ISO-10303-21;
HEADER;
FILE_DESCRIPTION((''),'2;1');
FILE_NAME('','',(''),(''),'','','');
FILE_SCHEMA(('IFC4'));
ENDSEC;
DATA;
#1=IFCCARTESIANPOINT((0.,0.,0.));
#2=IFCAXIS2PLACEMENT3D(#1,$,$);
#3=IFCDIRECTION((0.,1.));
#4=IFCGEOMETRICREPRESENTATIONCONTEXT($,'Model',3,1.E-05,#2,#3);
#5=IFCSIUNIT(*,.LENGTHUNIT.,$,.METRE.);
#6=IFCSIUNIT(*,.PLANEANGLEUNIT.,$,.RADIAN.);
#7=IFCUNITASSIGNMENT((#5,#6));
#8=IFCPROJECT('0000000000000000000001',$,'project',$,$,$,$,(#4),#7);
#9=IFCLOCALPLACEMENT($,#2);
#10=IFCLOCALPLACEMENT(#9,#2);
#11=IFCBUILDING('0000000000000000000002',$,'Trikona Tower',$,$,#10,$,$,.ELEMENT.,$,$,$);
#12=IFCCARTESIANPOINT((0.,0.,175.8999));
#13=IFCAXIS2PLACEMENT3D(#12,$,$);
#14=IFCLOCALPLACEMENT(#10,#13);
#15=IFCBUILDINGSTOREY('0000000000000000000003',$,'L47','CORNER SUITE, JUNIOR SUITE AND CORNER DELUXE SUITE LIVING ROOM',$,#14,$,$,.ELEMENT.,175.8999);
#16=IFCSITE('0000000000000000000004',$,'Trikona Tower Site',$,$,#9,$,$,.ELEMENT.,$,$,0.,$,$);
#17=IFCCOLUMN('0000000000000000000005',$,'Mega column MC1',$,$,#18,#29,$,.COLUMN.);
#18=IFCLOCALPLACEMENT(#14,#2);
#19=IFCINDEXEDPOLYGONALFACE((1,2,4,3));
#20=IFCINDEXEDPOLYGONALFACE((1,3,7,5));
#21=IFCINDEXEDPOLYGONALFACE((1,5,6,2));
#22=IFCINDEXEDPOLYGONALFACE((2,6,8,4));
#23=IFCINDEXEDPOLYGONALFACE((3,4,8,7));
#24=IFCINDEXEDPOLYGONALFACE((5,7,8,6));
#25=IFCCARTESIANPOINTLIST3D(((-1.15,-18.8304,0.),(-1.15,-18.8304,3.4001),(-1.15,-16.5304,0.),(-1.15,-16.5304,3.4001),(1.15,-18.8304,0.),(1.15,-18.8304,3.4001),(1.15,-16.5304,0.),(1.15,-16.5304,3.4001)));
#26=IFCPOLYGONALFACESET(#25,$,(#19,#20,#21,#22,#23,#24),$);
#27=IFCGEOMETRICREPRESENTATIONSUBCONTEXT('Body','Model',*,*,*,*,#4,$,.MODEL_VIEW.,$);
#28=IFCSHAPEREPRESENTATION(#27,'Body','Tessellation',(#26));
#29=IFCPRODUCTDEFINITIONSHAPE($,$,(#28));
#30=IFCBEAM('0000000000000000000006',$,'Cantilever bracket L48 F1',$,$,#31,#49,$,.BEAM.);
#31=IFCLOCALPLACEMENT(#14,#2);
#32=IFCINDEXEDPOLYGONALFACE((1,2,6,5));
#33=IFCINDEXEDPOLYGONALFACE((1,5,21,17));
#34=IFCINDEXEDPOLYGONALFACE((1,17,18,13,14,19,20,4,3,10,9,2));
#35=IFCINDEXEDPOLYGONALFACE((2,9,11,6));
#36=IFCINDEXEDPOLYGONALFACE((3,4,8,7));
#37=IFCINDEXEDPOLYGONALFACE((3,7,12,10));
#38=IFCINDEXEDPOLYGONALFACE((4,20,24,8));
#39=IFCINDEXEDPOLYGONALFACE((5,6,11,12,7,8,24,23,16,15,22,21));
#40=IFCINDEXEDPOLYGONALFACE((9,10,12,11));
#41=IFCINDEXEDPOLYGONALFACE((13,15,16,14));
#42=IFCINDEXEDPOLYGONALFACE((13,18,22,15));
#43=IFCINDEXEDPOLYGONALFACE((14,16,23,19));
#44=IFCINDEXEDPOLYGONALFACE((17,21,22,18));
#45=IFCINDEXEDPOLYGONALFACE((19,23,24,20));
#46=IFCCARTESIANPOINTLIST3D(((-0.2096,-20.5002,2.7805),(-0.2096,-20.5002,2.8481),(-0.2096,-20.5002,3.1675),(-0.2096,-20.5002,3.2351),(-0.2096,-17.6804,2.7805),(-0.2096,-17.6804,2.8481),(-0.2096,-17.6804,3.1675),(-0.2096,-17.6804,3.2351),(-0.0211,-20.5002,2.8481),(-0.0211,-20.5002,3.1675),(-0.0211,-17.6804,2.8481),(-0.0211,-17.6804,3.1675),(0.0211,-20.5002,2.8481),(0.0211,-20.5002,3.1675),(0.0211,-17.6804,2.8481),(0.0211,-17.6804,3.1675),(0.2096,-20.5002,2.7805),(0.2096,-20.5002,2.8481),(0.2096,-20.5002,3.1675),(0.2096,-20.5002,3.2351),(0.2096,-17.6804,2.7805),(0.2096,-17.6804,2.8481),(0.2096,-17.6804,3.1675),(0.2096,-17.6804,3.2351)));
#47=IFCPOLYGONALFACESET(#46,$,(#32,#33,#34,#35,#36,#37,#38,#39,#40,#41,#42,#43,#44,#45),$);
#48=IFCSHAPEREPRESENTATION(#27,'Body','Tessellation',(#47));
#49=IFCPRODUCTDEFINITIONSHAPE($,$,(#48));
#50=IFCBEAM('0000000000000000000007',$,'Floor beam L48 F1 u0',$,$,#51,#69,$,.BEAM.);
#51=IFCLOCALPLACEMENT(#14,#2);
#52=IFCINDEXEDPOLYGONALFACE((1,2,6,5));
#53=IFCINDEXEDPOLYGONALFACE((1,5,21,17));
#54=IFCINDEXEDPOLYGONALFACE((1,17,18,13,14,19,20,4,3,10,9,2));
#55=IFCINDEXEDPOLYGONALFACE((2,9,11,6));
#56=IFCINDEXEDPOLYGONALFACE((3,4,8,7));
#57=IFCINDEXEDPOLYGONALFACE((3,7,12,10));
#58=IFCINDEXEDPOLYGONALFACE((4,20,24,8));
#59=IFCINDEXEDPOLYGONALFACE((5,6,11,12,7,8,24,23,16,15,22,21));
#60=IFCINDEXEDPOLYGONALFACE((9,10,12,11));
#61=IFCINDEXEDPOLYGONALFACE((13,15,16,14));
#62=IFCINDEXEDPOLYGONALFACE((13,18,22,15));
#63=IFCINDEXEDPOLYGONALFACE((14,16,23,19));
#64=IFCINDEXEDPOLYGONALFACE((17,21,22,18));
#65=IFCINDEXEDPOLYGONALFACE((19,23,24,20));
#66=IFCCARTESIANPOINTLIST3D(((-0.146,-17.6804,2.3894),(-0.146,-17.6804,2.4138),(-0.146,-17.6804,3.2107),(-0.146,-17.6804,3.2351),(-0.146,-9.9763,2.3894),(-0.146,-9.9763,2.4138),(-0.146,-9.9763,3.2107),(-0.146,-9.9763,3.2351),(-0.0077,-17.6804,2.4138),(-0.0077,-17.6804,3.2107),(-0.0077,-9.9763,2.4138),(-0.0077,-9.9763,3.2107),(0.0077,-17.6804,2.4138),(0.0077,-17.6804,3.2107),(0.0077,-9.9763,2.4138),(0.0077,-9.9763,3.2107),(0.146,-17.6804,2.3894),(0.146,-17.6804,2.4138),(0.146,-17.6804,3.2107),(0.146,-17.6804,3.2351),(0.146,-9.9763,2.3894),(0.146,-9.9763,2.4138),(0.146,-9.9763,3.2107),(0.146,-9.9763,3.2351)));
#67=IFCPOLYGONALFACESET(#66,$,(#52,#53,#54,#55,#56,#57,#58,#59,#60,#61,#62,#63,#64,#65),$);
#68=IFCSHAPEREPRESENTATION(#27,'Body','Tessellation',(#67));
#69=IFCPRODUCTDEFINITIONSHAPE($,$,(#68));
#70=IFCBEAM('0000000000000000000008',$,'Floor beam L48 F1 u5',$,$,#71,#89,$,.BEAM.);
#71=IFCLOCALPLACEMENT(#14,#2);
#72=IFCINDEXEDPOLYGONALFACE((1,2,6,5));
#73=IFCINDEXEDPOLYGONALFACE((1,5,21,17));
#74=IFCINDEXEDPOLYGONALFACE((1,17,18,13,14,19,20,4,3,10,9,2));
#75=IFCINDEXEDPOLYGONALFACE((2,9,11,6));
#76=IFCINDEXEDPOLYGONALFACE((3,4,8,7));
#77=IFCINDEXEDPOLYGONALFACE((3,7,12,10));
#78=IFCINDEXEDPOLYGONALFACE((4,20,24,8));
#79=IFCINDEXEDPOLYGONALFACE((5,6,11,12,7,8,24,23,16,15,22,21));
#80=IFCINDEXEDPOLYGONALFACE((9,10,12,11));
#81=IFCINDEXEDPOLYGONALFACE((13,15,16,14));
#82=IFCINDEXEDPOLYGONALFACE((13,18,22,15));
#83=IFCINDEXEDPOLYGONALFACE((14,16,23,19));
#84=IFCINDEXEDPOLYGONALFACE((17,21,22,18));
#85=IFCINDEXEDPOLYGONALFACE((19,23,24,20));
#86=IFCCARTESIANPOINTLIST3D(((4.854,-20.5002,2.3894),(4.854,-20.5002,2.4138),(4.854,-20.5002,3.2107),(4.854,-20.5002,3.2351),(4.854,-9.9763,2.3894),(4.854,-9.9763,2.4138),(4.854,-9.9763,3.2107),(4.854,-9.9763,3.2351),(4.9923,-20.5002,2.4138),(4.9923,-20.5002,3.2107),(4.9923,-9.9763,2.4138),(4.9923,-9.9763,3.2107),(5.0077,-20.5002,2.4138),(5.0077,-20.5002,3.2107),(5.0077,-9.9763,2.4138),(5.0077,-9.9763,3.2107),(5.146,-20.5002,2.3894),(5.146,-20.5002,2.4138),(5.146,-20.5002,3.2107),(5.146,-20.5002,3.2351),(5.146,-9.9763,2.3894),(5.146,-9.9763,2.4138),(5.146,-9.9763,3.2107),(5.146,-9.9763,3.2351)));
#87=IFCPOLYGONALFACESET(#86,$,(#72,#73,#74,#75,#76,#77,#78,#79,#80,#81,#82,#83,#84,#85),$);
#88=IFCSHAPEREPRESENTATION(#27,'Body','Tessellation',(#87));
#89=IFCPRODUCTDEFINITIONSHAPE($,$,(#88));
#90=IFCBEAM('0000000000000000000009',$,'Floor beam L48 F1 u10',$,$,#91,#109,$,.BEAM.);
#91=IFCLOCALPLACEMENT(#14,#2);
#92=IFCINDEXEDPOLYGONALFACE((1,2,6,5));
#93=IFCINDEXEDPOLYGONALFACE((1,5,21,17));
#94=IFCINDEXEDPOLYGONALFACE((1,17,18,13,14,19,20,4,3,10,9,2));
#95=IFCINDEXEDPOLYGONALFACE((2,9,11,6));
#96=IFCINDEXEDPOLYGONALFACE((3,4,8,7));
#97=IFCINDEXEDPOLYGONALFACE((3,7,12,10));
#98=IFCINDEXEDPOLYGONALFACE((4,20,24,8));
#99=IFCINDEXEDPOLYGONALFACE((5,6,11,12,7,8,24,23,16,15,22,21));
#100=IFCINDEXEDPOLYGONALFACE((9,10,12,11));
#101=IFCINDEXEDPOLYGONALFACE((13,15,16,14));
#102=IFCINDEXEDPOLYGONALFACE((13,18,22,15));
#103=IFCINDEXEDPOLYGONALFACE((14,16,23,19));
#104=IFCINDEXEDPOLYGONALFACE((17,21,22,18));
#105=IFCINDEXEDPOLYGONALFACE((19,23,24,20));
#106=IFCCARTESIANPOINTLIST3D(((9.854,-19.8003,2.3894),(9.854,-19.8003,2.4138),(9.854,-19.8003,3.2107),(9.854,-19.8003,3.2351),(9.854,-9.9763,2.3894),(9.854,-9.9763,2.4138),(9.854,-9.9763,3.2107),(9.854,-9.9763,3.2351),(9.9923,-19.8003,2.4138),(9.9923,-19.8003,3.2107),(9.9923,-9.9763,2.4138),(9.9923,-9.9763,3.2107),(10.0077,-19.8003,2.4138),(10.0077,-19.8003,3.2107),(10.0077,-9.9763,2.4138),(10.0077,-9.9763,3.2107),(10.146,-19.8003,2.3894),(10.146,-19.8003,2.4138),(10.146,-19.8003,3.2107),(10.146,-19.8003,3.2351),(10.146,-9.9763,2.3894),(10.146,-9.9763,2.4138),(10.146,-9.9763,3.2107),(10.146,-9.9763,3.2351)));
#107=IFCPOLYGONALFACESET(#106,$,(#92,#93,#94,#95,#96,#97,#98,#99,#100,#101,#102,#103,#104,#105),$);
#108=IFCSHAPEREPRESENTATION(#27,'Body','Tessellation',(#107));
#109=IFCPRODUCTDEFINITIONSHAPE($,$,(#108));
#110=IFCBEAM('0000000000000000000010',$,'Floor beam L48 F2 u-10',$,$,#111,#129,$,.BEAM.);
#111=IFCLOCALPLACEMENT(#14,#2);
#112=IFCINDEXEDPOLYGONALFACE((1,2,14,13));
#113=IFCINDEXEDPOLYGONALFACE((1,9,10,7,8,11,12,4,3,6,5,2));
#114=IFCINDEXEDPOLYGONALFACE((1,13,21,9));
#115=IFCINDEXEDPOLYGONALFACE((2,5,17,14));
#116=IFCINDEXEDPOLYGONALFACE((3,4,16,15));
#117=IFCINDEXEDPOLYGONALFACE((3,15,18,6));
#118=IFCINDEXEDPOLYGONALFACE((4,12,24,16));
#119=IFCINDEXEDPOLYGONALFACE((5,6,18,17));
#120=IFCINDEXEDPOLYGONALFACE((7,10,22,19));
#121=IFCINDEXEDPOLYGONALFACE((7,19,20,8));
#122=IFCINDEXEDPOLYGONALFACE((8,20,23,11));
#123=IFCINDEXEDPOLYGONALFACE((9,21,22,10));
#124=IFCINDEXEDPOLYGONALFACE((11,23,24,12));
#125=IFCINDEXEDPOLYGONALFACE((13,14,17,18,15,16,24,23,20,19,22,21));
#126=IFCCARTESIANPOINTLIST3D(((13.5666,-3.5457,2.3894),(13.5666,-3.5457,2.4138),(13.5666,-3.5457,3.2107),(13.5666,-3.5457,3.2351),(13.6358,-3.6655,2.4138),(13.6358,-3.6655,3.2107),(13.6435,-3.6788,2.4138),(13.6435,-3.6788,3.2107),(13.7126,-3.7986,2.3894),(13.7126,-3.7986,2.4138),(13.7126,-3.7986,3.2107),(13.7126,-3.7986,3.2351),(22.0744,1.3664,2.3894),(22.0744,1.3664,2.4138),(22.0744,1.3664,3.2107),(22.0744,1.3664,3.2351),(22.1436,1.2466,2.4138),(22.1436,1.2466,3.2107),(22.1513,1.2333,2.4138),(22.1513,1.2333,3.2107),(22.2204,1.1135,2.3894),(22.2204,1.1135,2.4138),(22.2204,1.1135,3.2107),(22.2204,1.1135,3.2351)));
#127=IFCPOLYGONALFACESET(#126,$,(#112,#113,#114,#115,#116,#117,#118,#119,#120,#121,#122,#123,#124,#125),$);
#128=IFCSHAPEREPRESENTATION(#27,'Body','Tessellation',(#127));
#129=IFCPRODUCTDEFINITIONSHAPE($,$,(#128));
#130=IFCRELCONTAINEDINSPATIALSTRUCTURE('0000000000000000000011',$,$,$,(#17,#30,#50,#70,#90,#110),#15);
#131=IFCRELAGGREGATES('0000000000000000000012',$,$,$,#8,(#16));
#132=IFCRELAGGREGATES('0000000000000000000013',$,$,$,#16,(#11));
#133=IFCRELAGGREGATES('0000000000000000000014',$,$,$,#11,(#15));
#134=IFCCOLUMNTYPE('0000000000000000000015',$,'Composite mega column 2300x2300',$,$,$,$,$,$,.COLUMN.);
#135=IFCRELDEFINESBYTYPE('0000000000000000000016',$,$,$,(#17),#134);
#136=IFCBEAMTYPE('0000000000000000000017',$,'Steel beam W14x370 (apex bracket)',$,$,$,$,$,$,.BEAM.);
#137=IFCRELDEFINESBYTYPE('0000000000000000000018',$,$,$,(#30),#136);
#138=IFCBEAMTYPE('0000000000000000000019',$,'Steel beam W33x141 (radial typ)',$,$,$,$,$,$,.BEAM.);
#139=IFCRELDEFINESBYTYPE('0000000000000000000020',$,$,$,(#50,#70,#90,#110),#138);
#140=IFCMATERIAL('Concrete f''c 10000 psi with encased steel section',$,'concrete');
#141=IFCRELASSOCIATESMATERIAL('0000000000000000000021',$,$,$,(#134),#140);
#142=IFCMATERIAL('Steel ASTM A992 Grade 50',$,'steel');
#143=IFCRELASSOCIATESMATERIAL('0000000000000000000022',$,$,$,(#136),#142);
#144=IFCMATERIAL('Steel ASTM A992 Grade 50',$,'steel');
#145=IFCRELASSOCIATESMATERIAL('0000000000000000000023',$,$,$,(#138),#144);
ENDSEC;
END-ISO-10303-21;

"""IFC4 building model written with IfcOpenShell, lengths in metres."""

from ifc_helpers import new_model, si_unit, direction, frame, origin, origin_2d, place, context, subcontext, project, spatial, rectangle, i_section, extrude, material, material_profile, profile_set, type_object, element, save


model = new_model("IFC4")

# Units and contexts
model_context = context("Model", 3, precision=1e-05, world=origin(), true_north=direction((0.0, 1.0)))
body_context = subcontext(model_context, "Body", "Model", "MODEL_VIEW")
ifc_project = project(units=[si_unit("LENGTHUNIT", "METRE"), si_unit("PLANEANGLEUNIT", "RADIAN")], contexts=[model_context])

# Site, building, storey
site_placement = place(None, origin())
site = spatial("IfcSite", under=ifc_project, at=site_placement, Name="Trikona Tower Site", CompositionType="ELEMENT", RefElevation=0.0)
building_placement = place(site_placement, origin())
building = spatial("IfcBuilding", under=site, at=building_placement, Name="Trikona Tower", CompositionType="ELEMENT")
storey_placement = place(building_placement, frame((0.0, 0.0, 175.8999)))
storey = spatial("IfcBuildingStorey", under=building, at=storey_placement, Name="L47", Description="CORNER SUITE, JUNIOR SUITE AND CORNER DELUXE SUITE LIVING ROOM", CompositionType="ELEMENT", Elevation=175.8999)

# Column
ifc_material_1 = material(Name="Concrete f'c 10000 psi with encased steel section", Category="concrete")
ifc_material_profile_1 = material_profile(ifc_material_1, rectangle(XDim=2.3, YDim=2.3, at=origin_2d()), Name="MC2300")
ifc_profile_set_1 = profile_set([ifc_material_profile_1], Name="Concrete f'c 10000 psi with encased steel section")
column_type = type_object("IfcColumnType", Name="Composite mega column 2300x2300", PredefinedType="COLUMN", material=ifc_profile_set_1)
column_placement = place(storey_placement, frame((0.0, -17.6804, 0.0), z_axis=(0.0, 0.0, 1.0), x_axis=(0.0, -1.0, 0.0)))
element("IfcColumn", 1, at=column_placement, inside=storey, type_object=column_type, Name="Mega column MC1", PredefinedType="COLUMN", context=body_context, shape_type="SweptSolid", body=[
    extrude(rectangle(XDim=2.3, YDim=2.3, at=origin_2d()), origin(), (0.0, 0.0, 1.0), 3.4001),
])

# Beams
ifc_material_2 = material(Name="Steel ASTM A992 Grade 50", Category="steel")
ifc_material_profile_2 = material_profile(ifc_material_2, i_section(OverallWidth=0.4192, OverallDepth=0.4546, WebThickness=0.0422, FlangeThickness=0.0676, at=origin_2d()), Name="W14X370")
ifc_profile_set_2 = profile_set([ifc_material_profile_2], Name="Steel ASTM A992 Grade 50")
beam_type_1 = type_object("IfcBeamType", Name="Steel beam W14x370 (apex bracket)", PredefinedType="BEAM", material=ifc_profile_set_2)
beam_1_placement = place(storey_placement, frame((0.0, -17.6804, 3.0078), z_axis=(0.0, -1.0, 0.0), x_axis=(1.0, 0.0, 0.0)))
element("IfcBeam", 2, at=beam_1_placement, inside=storey, type_object=beam_type_1, Name="Cantilever bracket L48 F1", PredefinedType="BEAM", context=body_context, shape_type="SweptSolid", body=[
    extrude(i_section(OverallWidth=0.4192, OverallDepth=0.4546, WebThickness=0.0422, FlangeThickness=0.0676, at=origin_2d()), origin(), (0.0, 0.0, 1.0), 2.8198),
])
ifc_material_3 = material(Name="Steel ASTM A992 Grade 50", Category="steel")
ifc_material_profile_3 = material_profile(ifc_material_3, i_section(OverallWidth=0.292, OverallDepth=0.8457, WebThickness=0.0154, FlangeThickness=0.0244, at=origin_2d()), Name="W33X141")
ifc_profile_set_3 = profile_set([ifc_material_profile_3], Name="Steel ASTM A992 Grade 50")
beam_type_2 = type_object("IfcBeamType", Name="Steel beam W33x141 (radial typ)", PredefinedType="BEAM", material=ifc_profile_set_3)
beam_2_placement = place(storey_placement, frame((0.0, -9.9763, 2.8123), z_axis=(0.0, -1.0, 0.0), x_axis=(1.0, 0.0, 0.0)))
element("IfcBeam", 3, at=beam_2_placement, inside=storey, type_object=beam_type_2, Name="Floor beam L48 F1 u0", PredefinedType="BEAM", context=body_context, shape_type="SweptSolid", body=[
    extrude(i_section(OverallWidth=0.292, OverallDepth=0.8457, WebThickness=0.0154, FlangeThickness=0.0244, at=origin_2d()), origin(), (0.0, 0.0, 1.0), 7.7041),
])
beam_3_placement = place(storey_placement, frame((5.0, -9.9763, 2.8123), z_axis=(0.0, -1.0, 0.0), x_axis=(1.0, 0.0, 0.0)))
element("IfcBeam", 4, at=beam_3_placement, inside=storey, type_object=beam_type_2, Name="Floor beam L48 F1 u5", PredefinedType="BEAM", context=body_context, shape_type="SweptSolid", body=[
    extrude(i_section(OverallWidth=0.292, OverallDepth=0.8457, WebThickness=0.0154, FlangeThickness=0.0244, at=origin_2d()), origin(), (0.0, 0.0, 1.0), 10.5239),
])
for number, where, z_axis, x_axis, name in (
    (5, (10.0, -9.9763, 2.8123), (0.0, -1.0, 0.0), (1.0, 0.0, 0.0), "Floor beam L48 F1 u10"),
    (6, (13.6396, -3.6721, 2.8123), (0.86602, 0.500009, 0.0), (-0.500009, 0.86602, 0.0), "Floor beam L48 F2 u-10"),
):
    element("IfcBeam", number, at=place(storey_placement, frame(where, z_axis=z_axis, x_axis=x_axis)), inside=storey, type_object=beam_type_2, Name=name, PredefinedType="BEAM", context=body_context, shape_type="SweptSolid", body=[
        extrude(i_section(OverallWidth=0.292, OverallDepth=0.8457, WebThickness=0.0154, FlangeThickness=0.0244, at=origin_2d()), origin(), (0.0, 0.0, 1.0), 9.824),
    ])

save(model, "model.ifc")
